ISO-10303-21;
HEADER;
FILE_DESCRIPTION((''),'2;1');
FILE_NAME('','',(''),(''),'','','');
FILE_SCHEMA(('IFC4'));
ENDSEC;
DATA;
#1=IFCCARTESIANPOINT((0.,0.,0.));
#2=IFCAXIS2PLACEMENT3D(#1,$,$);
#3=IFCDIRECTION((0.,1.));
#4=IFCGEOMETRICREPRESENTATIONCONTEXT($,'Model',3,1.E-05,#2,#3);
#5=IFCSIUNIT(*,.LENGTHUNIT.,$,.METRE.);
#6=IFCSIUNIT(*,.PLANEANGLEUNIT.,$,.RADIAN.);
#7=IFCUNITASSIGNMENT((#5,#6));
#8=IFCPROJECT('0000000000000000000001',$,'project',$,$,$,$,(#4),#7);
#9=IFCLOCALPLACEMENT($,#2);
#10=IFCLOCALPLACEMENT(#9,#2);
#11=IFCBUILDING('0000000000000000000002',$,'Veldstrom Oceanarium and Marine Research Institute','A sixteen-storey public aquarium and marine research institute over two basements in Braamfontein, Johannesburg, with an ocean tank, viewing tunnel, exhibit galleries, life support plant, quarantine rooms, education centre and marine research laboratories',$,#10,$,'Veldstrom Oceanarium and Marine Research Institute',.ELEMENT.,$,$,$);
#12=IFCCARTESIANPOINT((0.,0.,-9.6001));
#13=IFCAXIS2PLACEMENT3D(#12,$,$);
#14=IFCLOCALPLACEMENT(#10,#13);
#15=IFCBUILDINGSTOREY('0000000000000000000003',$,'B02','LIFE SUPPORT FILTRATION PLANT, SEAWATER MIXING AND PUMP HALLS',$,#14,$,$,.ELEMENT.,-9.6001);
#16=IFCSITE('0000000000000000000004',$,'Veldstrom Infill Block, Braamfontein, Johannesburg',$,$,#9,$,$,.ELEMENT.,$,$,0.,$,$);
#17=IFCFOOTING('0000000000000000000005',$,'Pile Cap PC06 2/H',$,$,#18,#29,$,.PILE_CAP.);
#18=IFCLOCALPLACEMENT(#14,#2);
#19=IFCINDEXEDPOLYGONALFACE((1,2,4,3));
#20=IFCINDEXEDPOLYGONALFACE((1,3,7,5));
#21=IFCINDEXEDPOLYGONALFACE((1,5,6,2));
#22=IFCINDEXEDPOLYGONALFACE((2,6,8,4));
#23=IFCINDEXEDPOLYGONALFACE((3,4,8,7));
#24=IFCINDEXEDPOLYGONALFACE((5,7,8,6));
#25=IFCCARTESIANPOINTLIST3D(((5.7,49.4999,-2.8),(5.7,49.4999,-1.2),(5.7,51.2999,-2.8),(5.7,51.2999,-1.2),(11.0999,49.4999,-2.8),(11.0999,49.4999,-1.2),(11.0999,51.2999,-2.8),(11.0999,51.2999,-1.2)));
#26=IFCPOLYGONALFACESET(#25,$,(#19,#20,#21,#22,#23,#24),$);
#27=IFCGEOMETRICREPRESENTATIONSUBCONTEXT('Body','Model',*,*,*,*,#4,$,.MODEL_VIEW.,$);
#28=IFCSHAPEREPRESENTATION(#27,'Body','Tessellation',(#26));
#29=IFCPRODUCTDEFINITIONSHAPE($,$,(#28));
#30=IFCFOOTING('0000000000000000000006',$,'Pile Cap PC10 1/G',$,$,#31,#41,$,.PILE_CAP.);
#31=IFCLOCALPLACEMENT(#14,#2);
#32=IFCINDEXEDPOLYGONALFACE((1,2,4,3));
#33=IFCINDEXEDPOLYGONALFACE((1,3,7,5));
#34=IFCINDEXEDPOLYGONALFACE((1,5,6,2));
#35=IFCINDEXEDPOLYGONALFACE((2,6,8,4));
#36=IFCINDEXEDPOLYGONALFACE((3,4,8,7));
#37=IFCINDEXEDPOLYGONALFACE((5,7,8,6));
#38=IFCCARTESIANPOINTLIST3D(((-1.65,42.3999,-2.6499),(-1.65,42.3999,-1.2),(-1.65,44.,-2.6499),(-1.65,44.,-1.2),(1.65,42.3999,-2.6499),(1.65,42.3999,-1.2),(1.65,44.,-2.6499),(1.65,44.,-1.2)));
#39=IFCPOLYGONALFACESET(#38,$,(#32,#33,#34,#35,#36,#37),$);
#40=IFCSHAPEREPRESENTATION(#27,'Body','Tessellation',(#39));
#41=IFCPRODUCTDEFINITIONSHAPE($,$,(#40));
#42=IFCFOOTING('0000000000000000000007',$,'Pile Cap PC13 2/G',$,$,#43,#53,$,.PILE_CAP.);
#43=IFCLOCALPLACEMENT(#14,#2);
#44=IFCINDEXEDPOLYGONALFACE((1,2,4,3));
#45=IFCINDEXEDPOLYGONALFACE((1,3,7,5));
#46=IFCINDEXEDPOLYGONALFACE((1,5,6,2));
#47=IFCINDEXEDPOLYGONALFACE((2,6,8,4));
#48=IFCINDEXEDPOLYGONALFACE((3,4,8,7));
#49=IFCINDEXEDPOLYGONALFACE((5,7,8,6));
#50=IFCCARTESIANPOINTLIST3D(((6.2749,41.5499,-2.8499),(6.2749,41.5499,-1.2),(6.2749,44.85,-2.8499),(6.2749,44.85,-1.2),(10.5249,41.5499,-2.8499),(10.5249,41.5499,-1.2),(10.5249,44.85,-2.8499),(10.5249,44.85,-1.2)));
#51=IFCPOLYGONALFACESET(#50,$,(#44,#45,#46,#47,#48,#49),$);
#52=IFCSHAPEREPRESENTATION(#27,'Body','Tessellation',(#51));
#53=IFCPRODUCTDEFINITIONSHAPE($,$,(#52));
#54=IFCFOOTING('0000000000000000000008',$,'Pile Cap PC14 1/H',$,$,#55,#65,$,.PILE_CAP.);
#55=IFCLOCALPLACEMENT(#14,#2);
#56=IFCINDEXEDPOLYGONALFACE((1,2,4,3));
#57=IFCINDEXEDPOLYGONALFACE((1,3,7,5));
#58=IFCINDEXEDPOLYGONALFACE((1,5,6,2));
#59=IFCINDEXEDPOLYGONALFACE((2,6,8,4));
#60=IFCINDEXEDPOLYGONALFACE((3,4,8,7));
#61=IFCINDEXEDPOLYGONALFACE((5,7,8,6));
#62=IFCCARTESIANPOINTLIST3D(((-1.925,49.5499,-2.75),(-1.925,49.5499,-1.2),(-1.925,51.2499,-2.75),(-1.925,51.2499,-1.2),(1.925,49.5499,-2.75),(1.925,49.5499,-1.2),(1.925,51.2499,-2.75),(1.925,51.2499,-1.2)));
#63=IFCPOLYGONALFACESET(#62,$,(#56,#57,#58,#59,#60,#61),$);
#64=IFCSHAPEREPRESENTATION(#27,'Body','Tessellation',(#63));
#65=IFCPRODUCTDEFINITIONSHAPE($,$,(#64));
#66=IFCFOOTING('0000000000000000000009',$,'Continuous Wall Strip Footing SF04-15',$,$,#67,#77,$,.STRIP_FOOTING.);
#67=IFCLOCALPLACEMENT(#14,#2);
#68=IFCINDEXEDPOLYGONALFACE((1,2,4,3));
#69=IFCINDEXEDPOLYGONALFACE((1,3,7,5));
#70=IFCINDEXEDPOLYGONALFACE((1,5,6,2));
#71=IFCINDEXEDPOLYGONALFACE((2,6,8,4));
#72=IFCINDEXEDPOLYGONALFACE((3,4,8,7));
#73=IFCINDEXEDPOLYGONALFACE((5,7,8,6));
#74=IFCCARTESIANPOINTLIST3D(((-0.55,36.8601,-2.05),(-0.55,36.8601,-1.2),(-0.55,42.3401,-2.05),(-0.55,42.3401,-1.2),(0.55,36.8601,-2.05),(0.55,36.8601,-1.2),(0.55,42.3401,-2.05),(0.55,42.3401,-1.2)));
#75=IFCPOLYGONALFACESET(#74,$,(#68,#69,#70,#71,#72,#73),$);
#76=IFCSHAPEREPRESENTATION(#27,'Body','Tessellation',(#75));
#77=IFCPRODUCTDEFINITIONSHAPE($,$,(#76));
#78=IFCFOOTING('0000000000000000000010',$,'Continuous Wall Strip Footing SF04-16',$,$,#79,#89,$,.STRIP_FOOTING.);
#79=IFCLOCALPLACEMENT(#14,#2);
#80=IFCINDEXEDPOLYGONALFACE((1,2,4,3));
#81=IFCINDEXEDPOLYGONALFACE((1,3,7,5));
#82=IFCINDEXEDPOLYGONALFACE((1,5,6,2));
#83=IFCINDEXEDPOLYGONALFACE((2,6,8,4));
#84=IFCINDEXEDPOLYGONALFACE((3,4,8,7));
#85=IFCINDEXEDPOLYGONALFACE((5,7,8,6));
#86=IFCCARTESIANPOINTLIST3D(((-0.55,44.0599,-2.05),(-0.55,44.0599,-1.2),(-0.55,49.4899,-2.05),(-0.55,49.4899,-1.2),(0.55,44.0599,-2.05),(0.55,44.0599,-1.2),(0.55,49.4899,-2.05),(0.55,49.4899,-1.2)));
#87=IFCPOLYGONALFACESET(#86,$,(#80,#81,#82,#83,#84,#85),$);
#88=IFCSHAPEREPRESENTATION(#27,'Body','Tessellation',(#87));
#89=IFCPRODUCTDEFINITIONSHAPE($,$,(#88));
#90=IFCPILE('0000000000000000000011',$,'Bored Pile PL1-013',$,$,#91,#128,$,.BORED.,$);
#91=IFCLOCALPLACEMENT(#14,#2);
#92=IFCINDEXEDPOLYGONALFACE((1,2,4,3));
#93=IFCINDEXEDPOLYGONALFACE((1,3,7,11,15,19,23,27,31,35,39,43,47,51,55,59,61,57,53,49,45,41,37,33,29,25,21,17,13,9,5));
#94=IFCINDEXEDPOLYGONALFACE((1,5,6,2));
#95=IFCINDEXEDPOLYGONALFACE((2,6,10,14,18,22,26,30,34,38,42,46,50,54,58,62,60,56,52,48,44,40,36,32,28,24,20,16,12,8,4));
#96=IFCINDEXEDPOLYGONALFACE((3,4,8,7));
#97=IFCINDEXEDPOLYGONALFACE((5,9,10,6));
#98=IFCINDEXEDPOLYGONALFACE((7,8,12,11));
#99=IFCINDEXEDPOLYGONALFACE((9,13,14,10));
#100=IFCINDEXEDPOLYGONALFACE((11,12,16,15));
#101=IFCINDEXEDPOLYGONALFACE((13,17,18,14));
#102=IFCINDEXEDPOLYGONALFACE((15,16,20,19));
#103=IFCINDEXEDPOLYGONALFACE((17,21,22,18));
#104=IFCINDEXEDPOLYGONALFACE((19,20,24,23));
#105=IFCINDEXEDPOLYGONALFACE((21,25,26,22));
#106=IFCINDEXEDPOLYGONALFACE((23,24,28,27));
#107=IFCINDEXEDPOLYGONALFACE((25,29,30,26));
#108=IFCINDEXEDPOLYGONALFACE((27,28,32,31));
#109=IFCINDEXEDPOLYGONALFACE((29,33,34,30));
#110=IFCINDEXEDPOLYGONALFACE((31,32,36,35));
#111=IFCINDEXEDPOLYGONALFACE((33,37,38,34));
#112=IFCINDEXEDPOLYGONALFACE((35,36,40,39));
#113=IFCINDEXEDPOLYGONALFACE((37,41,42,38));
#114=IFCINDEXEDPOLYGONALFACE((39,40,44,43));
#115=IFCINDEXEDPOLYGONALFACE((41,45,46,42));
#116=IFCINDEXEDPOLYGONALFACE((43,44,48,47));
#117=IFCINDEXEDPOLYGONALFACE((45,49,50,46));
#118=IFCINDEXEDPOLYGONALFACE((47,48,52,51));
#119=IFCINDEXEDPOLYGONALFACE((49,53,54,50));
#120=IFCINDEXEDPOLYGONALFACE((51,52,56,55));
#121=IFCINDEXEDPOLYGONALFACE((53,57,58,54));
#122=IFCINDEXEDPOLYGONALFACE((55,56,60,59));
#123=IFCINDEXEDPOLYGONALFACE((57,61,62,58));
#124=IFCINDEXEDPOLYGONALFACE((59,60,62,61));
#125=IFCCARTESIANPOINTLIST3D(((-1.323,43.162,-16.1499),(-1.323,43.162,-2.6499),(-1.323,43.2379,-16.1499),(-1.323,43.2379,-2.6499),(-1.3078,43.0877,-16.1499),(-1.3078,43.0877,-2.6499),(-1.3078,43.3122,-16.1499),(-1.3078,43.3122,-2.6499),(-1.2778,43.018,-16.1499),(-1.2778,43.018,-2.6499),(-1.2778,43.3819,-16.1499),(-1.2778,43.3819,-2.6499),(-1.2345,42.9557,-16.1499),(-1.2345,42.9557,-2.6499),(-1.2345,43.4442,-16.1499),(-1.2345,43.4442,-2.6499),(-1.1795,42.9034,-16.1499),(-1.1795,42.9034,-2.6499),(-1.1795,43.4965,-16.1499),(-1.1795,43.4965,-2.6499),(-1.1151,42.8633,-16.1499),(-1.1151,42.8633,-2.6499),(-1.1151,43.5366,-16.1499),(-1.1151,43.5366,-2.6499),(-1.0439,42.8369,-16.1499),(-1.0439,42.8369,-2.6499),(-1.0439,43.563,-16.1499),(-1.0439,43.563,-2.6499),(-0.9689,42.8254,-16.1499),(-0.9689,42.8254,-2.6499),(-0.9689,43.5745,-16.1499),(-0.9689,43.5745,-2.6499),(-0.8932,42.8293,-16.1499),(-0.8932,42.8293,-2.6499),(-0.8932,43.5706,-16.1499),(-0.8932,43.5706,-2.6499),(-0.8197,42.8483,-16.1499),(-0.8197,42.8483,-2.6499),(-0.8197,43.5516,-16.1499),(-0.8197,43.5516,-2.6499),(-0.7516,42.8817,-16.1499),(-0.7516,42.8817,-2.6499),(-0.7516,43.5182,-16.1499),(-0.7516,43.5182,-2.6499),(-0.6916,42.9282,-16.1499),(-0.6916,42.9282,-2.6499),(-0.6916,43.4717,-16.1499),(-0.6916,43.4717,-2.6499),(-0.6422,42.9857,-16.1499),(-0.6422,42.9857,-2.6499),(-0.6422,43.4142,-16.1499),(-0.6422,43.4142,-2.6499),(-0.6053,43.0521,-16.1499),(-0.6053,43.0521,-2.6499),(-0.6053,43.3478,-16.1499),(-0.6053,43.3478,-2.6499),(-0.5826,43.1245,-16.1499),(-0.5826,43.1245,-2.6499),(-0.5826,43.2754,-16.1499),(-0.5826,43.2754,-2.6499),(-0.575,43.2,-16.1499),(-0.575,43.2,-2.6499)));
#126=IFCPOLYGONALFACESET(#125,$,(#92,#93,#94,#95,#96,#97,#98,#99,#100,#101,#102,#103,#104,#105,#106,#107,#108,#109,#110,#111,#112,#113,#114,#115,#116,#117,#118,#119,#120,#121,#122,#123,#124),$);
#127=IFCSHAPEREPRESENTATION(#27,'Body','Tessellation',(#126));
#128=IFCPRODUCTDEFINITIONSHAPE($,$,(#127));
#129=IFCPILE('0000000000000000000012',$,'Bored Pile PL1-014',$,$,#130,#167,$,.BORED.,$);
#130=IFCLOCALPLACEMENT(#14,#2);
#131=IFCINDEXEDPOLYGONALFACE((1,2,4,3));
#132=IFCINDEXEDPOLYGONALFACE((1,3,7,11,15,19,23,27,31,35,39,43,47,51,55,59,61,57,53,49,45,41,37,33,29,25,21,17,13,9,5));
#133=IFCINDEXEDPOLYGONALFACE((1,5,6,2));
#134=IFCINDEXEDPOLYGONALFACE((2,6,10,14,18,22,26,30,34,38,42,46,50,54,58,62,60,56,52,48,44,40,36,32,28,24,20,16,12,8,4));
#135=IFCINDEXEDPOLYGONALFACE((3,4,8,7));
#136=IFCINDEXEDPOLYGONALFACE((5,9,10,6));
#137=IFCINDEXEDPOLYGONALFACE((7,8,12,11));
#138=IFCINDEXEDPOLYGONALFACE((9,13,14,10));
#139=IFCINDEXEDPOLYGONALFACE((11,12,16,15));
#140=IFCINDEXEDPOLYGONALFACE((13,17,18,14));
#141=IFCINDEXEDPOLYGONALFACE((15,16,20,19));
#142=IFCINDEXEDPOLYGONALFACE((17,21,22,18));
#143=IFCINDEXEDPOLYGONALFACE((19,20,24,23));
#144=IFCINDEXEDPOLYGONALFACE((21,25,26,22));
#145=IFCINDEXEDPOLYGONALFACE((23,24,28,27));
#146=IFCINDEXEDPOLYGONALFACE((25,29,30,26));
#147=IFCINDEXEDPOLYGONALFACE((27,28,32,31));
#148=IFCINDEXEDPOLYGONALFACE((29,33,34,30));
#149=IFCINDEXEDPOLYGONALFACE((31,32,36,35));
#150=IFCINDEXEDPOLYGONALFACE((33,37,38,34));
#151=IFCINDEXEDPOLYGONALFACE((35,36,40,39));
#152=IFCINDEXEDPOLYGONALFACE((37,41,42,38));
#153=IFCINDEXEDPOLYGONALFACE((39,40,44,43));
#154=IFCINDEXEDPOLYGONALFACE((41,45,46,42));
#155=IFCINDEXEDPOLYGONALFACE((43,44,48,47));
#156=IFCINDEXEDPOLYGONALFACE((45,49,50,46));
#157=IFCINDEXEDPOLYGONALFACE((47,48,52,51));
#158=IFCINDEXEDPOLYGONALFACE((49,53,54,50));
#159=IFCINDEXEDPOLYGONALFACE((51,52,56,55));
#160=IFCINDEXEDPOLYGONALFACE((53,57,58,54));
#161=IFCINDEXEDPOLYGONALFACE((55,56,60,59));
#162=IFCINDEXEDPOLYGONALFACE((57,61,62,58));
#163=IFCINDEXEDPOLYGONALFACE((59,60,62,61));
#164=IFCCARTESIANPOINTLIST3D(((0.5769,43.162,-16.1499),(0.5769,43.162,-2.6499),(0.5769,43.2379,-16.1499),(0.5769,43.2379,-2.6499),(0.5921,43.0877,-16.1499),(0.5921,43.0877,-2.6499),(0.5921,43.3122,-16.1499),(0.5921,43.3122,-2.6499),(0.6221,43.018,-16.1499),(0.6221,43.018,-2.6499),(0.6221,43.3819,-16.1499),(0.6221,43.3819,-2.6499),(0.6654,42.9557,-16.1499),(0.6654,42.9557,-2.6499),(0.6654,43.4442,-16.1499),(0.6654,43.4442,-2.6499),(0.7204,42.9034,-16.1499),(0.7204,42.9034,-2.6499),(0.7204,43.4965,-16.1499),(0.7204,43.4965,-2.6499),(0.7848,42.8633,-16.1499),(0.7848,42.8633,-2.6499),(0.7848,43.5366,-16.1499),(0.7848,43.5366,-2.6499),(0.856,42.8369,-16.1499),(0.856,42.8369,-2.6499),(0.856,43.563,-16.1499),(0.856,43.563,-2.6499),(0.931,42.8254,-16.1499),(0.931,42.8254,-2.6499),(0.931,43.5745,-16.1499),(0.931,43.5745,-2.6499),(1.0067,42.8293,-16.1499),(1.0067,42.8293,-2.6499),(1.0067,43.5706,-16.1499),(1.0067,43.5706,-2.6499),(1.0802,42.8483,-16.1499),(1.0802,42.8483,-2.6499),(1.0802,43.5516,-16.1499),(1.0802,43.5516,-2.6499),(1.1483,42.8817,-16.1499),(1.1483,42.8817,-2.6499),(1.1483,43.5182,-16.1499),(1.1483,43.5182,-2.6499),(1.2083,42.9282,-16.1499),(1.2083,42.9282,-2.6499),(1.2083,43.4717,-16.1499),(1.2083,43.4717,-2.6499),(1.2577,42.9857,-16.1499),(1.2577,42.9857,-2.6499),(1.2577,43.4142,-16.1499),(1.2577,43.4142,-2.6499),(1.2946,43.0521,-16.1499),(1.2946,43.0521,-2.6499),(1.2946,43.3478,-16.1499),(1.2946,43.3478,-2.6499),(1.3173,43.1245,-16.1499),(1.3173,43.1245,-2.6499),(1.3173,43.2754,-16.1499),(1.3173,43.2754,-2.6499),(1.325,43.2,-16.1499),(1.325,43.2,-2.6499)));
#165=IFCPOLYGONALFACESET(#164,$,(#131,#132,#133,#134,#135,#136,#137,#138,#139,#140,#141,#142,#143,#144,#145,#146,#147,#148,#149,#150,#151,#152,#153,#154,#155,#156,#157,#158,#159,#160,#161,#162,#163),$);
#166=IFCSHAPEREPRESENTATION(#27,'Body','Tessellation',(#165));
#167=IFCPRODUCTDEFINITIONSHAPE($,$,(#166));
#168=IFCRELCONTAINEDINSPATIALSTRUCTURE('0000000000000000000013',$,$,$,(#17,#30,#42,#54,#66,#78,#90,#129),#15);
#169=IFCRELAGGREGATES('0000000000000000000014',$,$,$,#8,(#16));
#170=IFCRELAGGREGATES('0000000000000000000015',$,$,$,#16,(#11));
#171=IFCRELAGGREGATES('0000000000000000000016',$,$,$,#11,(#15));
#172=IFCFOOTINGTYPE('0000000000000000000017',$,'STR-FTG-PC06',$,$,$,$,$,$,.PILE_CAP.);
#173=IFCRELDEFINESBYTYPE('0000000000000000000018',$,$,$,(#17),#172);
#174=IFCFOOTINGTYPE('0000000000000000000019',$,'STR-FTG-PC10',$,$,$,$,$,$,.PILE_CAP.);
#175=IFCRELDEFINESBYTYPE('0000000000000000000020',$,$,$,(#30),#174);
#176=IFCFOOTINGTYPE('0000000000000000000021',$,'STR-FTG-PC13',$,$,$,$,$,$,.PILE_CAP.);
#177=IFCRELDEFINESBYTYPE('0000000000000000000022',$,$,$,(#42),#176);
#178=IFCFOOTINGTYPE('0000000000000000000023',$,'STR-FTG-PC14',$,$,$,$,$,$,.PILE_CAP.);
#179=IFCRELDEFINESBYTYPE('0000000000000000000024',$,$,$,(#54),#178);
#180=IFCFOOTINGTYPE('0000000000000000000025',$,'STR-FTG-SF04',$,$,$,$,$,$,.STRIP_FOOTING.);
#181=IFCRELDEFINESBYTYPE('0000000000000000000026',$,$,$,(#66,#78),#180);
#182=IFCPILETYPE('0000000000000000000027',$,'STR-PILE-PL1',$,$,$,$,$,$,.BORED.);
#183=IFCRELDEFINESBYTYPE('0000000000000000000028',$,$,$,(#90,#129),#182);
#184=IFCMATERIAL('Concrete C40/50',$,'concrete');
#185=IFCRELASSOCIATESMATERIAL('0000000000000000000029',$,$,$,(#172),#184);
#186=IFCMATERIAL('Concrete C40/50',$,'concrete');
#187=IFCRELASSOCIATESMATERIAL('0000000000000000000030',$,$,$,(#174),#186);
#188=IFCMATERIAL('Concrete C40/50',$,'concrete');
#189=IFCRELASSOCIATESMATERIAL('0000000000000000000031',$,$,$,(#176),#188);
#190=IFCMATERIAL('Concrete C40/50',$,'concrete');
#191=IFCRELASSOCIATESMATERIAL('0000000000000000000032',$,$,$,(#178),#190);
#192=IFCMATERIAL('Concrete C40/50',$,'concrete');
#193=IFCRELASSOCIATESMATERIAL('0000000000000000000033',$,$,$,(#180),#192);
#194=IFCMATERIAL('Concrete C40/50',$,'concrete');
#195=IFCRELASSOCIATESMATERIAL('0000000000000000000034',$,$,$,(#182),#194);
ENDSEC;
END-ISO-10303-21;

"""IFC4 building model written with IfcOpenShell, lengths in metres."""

from ifc_helpers import new_model, si_unit, direction, frame, origin, origin_2d, place, context, subcontext, project, spatial, rectangle, circle, extrude, material, material_profile, profile_set, type_object, element, save


model = new_model("IFC4")

# Units and contexts
model_context = context("Model", 3, precision=1e-05, world=origin(), true_north=direction((0.0, 1.0)))
body_context = subcontext(model_context, "Body", "Model", "MODEL_VIEW")
ifc_project = project(units=[si_unit("LENGTHUNIT", "METRE"), si_unit("PLANEANGLEUNIT", "RADIAN")], contexts=[model_context])

# Site, building, storey
site_placement = place(None, origin())
site = spatial("IfcSite", under=ifc_project, at=site_placement, Name="Veldstrom Infill Block, Braamfontein, Johannesburg", CompositionType="ELEMENT", RefElevation=0.0)
building_placement = place(site_placement, origin())
building = spatial("IfcBuilding", under=site, at=building_placement, Name="Veldstrom Oceanarium and Marine Research Institute", Description="A sixteen-storey public aquarium and marine research institute over two basements in Braamfontein, Johannesburg, with an ocean tank, viewing tunnel, exhibit galleries, life support plant, quarantine rooms, education centre and marine research laboratories", LongName="Veldstrom Oceanarium and Marine Research Institute", CompositionType="ELEMENT")
storey_placement = place(building_placement, frame((0.0, 0.0, -9.6001)))
storey = spatial("IfcBuildingStorey", under=building, at=storey_placement, Name="B02", Description="LIFE SUPPORT FILTRATION PLANT, SEAWATER MIXING AND PUMP HALLS", CompositionType="ELEMENT", Elevation=-9.6001)

# Footings
ifc_material_1 = material(Name="Concrete C40/50", Category="concrete")
footing_type_1 = type_object("IfcFootingType", Name="STR-FTG-PC06", PredefinedType="PILE_CAP", material=ifc_material_1)
footing_1_placement = place(storey_placement, frame((8.3999, 50.3999, -2.8), z_axis=(0.0, 0.0, 1.0), x_axis=(1.0, 0.0, 0.0)))
element("IfcFooting", 1, at=footing_1_placement, inside=storey, type_object=footing_type_1, Name="Pile Cap PC06 2/H", PredefinedType="PILE_CAP", context=body_context, shape_type="SweptSolid", body=[
    extrude(rectangle(XDim=5.3999, YDim=1.8, at=origin_2d()), origin(), (0.0, 0.0, 1.0), 1.6001),
])
ifc_material_2 = material(Name="Concrete C40/50", Category="concrete")
footing_type_2 = type_object("IfcFootingType", Name="STR-FTG-PC10", PredefinedType="PILE_CAP", material=ifc_material_2)
footing_2_placement = place(storey_placement, frame((0.0, 43.2, -2.6499), z_axis=(0.0, 0.0, 1.0), x_axis=(1.0, 0.0, 0.0)))
element("IfcFooting", 2, at=footing_2_placement, inside=storey, type_object=footing_type_2, Name="Pile Cap PC10 1/G", PredefinedType="PILE_CAP", context=body_context, shape_type="SweptSolid", body=[
    extrude(rectangle(XDim=3.3, YDim=1.6001, at=origin_2d()), origin(), (0.0, 0.0, 1.0), 1.45),
])
ifc_material_3 = material(Name="Concrete C40/50", Category="concrete")
footing_type_3 = type_object("IfcFootingType", Name="STR-FTG-PC13", PredefinedType="PILE_CAP", material=ifc_material_3)
footing_3_placement = place(storey_placement, frame((8.3999, 43.2, -2.8499), z_axis=(0.0, 0.0, 1.0), x_axis=(1.0, 0.0, 0.0)))
element("IfcFooting", 3, at=footing_3_placement, inside=storey, type_object=footing_type_3, Name="Pile Cap PC13 2/G", PredefinedType="PILE_CAP", context=body_context, shape_type="SweptSolid", body=[
    extrude(rectangle(XDim=4.25, YDim=3.3, at=origin_2d()), origin(), (0.0, 0.0, 1.0), 1.6499),
])
ifc_material_4 = material(Name="Concrete C40/50", Category="concrete")
footing_type_4 = type_object("IfcFootingType", Name="STR-FTG-PC14", PredefinedType="PILE_CAP", material=ifc_material_4)
footing_4_placement = place(storey_placement, frame((0.0, 50.3999, -2.75), z_axis=(0.0, 0.0, 1.0), x_axis=(1.0, 0.0, 0.0)))
element("IfcFooting", 4, at=footing_4_placement, inside=storey, type_object=footing_type_4, Name="Pile Cap PC14 1/H", PredefinedType="PILE_CAP", context=body_context, shape_type="SweptSolid", body=[
    extrude(rectangle(XDim=3.8501, YDim=1.7, at=origin_2d()), origin(), (0.0, 0.0, 1.0), 1.55),
])
ifc_material_5 = material(Name="Concrete C40/50", Category="concrete")
footing_type_5 = type_object("IfcFootingType", Name="STR-FTG-SF04", PredefinedType="STRIP_FOOTING", material=ifc_material_5)
footing_5_placement = place(storey_placement, frame((0.0, 39.6001, -2.05), z_axis=(0.0, 0.0, 1.0), x_axis=(0.0, 1.0, 0.0)))
element("IfcFooting", 5, at=footing_5_placement, inside=storey, type_object=footing_type_5, Name="Continuous Wall Strip Footing SF04-15", PredefinedType="STRIP_FOOTING", context=body_context, shape_type="SweptSolid", body=[
    extrude(rectangle(XDim=5.48, YDim=1.1001, at=origin_2d()), origin(), (0.0, 0.0, 1.0), 0.8501),
])
footing_6_placement = place(storey_placement, frame((0.0, 46.7749, -2.05), z_axis=(0.0, 0.0, 1.0), x_axis=(0.0, 1.0, 0.0)))
element("IfcFooting", 6, at=footing_6_placement, inside=storey, type_object=footing_type_5, Name="Continuous Wall Strip Footing SF04-16", PredefinedType="STRIP_FOOTING", context=body_context, shape_type="SweptSolid", body=[
    extrude(rectangle(XDim=5.4299, YDim=1.1001, at=origin_2d()), origin(), (0.0, 0.0, 1.0), 0.8501),
])

# Piles
ifc_material_6 = material(Name="Concrete C40/50", Category="concrete")
ifc_material_profile_1 = material_profile(ifc_material_6, circle(Radius=0.375, at=origin_2d()), Name="PILE-D750")
ifc_profile_set_1 = profile_set([ifc_material_profile_1], Name="Concrete C40/50")
pile_type = type_object("IfcPileType", Name="STR-PILE-PL1", PredefinedType="BORED", material=ifc_profile_set_1)
for number, where, z_axis, x_axis, name in (
    (7, (-0.95, 43.2, -2.6499), (0.0, 0.0, -1.0), (1.0, 0.0, 0.0), "Bored Pile PL1-013"),
    (8, (0.95, 43.2, -2.6499), (0.0, 0.0, -1.0), (1.0, 0.0, 0.0), "Bored Pile PL1-014"),
):
    element("IfcPile", number, at=place(storey_placement, frame(where, z_axis=z_axis, x_axis=x_axis)), inside=storey, type_object=pile_type, Name=name, PredefinedType="BORED", context=body_context, shape_type="SweptSolid", body=[
        extrude(circle(Radius=0.375, at=origin_2d()), origin(), (0.0, 0.0, 1.0), 13.5),
    ])

save(model, "model.ifc")
